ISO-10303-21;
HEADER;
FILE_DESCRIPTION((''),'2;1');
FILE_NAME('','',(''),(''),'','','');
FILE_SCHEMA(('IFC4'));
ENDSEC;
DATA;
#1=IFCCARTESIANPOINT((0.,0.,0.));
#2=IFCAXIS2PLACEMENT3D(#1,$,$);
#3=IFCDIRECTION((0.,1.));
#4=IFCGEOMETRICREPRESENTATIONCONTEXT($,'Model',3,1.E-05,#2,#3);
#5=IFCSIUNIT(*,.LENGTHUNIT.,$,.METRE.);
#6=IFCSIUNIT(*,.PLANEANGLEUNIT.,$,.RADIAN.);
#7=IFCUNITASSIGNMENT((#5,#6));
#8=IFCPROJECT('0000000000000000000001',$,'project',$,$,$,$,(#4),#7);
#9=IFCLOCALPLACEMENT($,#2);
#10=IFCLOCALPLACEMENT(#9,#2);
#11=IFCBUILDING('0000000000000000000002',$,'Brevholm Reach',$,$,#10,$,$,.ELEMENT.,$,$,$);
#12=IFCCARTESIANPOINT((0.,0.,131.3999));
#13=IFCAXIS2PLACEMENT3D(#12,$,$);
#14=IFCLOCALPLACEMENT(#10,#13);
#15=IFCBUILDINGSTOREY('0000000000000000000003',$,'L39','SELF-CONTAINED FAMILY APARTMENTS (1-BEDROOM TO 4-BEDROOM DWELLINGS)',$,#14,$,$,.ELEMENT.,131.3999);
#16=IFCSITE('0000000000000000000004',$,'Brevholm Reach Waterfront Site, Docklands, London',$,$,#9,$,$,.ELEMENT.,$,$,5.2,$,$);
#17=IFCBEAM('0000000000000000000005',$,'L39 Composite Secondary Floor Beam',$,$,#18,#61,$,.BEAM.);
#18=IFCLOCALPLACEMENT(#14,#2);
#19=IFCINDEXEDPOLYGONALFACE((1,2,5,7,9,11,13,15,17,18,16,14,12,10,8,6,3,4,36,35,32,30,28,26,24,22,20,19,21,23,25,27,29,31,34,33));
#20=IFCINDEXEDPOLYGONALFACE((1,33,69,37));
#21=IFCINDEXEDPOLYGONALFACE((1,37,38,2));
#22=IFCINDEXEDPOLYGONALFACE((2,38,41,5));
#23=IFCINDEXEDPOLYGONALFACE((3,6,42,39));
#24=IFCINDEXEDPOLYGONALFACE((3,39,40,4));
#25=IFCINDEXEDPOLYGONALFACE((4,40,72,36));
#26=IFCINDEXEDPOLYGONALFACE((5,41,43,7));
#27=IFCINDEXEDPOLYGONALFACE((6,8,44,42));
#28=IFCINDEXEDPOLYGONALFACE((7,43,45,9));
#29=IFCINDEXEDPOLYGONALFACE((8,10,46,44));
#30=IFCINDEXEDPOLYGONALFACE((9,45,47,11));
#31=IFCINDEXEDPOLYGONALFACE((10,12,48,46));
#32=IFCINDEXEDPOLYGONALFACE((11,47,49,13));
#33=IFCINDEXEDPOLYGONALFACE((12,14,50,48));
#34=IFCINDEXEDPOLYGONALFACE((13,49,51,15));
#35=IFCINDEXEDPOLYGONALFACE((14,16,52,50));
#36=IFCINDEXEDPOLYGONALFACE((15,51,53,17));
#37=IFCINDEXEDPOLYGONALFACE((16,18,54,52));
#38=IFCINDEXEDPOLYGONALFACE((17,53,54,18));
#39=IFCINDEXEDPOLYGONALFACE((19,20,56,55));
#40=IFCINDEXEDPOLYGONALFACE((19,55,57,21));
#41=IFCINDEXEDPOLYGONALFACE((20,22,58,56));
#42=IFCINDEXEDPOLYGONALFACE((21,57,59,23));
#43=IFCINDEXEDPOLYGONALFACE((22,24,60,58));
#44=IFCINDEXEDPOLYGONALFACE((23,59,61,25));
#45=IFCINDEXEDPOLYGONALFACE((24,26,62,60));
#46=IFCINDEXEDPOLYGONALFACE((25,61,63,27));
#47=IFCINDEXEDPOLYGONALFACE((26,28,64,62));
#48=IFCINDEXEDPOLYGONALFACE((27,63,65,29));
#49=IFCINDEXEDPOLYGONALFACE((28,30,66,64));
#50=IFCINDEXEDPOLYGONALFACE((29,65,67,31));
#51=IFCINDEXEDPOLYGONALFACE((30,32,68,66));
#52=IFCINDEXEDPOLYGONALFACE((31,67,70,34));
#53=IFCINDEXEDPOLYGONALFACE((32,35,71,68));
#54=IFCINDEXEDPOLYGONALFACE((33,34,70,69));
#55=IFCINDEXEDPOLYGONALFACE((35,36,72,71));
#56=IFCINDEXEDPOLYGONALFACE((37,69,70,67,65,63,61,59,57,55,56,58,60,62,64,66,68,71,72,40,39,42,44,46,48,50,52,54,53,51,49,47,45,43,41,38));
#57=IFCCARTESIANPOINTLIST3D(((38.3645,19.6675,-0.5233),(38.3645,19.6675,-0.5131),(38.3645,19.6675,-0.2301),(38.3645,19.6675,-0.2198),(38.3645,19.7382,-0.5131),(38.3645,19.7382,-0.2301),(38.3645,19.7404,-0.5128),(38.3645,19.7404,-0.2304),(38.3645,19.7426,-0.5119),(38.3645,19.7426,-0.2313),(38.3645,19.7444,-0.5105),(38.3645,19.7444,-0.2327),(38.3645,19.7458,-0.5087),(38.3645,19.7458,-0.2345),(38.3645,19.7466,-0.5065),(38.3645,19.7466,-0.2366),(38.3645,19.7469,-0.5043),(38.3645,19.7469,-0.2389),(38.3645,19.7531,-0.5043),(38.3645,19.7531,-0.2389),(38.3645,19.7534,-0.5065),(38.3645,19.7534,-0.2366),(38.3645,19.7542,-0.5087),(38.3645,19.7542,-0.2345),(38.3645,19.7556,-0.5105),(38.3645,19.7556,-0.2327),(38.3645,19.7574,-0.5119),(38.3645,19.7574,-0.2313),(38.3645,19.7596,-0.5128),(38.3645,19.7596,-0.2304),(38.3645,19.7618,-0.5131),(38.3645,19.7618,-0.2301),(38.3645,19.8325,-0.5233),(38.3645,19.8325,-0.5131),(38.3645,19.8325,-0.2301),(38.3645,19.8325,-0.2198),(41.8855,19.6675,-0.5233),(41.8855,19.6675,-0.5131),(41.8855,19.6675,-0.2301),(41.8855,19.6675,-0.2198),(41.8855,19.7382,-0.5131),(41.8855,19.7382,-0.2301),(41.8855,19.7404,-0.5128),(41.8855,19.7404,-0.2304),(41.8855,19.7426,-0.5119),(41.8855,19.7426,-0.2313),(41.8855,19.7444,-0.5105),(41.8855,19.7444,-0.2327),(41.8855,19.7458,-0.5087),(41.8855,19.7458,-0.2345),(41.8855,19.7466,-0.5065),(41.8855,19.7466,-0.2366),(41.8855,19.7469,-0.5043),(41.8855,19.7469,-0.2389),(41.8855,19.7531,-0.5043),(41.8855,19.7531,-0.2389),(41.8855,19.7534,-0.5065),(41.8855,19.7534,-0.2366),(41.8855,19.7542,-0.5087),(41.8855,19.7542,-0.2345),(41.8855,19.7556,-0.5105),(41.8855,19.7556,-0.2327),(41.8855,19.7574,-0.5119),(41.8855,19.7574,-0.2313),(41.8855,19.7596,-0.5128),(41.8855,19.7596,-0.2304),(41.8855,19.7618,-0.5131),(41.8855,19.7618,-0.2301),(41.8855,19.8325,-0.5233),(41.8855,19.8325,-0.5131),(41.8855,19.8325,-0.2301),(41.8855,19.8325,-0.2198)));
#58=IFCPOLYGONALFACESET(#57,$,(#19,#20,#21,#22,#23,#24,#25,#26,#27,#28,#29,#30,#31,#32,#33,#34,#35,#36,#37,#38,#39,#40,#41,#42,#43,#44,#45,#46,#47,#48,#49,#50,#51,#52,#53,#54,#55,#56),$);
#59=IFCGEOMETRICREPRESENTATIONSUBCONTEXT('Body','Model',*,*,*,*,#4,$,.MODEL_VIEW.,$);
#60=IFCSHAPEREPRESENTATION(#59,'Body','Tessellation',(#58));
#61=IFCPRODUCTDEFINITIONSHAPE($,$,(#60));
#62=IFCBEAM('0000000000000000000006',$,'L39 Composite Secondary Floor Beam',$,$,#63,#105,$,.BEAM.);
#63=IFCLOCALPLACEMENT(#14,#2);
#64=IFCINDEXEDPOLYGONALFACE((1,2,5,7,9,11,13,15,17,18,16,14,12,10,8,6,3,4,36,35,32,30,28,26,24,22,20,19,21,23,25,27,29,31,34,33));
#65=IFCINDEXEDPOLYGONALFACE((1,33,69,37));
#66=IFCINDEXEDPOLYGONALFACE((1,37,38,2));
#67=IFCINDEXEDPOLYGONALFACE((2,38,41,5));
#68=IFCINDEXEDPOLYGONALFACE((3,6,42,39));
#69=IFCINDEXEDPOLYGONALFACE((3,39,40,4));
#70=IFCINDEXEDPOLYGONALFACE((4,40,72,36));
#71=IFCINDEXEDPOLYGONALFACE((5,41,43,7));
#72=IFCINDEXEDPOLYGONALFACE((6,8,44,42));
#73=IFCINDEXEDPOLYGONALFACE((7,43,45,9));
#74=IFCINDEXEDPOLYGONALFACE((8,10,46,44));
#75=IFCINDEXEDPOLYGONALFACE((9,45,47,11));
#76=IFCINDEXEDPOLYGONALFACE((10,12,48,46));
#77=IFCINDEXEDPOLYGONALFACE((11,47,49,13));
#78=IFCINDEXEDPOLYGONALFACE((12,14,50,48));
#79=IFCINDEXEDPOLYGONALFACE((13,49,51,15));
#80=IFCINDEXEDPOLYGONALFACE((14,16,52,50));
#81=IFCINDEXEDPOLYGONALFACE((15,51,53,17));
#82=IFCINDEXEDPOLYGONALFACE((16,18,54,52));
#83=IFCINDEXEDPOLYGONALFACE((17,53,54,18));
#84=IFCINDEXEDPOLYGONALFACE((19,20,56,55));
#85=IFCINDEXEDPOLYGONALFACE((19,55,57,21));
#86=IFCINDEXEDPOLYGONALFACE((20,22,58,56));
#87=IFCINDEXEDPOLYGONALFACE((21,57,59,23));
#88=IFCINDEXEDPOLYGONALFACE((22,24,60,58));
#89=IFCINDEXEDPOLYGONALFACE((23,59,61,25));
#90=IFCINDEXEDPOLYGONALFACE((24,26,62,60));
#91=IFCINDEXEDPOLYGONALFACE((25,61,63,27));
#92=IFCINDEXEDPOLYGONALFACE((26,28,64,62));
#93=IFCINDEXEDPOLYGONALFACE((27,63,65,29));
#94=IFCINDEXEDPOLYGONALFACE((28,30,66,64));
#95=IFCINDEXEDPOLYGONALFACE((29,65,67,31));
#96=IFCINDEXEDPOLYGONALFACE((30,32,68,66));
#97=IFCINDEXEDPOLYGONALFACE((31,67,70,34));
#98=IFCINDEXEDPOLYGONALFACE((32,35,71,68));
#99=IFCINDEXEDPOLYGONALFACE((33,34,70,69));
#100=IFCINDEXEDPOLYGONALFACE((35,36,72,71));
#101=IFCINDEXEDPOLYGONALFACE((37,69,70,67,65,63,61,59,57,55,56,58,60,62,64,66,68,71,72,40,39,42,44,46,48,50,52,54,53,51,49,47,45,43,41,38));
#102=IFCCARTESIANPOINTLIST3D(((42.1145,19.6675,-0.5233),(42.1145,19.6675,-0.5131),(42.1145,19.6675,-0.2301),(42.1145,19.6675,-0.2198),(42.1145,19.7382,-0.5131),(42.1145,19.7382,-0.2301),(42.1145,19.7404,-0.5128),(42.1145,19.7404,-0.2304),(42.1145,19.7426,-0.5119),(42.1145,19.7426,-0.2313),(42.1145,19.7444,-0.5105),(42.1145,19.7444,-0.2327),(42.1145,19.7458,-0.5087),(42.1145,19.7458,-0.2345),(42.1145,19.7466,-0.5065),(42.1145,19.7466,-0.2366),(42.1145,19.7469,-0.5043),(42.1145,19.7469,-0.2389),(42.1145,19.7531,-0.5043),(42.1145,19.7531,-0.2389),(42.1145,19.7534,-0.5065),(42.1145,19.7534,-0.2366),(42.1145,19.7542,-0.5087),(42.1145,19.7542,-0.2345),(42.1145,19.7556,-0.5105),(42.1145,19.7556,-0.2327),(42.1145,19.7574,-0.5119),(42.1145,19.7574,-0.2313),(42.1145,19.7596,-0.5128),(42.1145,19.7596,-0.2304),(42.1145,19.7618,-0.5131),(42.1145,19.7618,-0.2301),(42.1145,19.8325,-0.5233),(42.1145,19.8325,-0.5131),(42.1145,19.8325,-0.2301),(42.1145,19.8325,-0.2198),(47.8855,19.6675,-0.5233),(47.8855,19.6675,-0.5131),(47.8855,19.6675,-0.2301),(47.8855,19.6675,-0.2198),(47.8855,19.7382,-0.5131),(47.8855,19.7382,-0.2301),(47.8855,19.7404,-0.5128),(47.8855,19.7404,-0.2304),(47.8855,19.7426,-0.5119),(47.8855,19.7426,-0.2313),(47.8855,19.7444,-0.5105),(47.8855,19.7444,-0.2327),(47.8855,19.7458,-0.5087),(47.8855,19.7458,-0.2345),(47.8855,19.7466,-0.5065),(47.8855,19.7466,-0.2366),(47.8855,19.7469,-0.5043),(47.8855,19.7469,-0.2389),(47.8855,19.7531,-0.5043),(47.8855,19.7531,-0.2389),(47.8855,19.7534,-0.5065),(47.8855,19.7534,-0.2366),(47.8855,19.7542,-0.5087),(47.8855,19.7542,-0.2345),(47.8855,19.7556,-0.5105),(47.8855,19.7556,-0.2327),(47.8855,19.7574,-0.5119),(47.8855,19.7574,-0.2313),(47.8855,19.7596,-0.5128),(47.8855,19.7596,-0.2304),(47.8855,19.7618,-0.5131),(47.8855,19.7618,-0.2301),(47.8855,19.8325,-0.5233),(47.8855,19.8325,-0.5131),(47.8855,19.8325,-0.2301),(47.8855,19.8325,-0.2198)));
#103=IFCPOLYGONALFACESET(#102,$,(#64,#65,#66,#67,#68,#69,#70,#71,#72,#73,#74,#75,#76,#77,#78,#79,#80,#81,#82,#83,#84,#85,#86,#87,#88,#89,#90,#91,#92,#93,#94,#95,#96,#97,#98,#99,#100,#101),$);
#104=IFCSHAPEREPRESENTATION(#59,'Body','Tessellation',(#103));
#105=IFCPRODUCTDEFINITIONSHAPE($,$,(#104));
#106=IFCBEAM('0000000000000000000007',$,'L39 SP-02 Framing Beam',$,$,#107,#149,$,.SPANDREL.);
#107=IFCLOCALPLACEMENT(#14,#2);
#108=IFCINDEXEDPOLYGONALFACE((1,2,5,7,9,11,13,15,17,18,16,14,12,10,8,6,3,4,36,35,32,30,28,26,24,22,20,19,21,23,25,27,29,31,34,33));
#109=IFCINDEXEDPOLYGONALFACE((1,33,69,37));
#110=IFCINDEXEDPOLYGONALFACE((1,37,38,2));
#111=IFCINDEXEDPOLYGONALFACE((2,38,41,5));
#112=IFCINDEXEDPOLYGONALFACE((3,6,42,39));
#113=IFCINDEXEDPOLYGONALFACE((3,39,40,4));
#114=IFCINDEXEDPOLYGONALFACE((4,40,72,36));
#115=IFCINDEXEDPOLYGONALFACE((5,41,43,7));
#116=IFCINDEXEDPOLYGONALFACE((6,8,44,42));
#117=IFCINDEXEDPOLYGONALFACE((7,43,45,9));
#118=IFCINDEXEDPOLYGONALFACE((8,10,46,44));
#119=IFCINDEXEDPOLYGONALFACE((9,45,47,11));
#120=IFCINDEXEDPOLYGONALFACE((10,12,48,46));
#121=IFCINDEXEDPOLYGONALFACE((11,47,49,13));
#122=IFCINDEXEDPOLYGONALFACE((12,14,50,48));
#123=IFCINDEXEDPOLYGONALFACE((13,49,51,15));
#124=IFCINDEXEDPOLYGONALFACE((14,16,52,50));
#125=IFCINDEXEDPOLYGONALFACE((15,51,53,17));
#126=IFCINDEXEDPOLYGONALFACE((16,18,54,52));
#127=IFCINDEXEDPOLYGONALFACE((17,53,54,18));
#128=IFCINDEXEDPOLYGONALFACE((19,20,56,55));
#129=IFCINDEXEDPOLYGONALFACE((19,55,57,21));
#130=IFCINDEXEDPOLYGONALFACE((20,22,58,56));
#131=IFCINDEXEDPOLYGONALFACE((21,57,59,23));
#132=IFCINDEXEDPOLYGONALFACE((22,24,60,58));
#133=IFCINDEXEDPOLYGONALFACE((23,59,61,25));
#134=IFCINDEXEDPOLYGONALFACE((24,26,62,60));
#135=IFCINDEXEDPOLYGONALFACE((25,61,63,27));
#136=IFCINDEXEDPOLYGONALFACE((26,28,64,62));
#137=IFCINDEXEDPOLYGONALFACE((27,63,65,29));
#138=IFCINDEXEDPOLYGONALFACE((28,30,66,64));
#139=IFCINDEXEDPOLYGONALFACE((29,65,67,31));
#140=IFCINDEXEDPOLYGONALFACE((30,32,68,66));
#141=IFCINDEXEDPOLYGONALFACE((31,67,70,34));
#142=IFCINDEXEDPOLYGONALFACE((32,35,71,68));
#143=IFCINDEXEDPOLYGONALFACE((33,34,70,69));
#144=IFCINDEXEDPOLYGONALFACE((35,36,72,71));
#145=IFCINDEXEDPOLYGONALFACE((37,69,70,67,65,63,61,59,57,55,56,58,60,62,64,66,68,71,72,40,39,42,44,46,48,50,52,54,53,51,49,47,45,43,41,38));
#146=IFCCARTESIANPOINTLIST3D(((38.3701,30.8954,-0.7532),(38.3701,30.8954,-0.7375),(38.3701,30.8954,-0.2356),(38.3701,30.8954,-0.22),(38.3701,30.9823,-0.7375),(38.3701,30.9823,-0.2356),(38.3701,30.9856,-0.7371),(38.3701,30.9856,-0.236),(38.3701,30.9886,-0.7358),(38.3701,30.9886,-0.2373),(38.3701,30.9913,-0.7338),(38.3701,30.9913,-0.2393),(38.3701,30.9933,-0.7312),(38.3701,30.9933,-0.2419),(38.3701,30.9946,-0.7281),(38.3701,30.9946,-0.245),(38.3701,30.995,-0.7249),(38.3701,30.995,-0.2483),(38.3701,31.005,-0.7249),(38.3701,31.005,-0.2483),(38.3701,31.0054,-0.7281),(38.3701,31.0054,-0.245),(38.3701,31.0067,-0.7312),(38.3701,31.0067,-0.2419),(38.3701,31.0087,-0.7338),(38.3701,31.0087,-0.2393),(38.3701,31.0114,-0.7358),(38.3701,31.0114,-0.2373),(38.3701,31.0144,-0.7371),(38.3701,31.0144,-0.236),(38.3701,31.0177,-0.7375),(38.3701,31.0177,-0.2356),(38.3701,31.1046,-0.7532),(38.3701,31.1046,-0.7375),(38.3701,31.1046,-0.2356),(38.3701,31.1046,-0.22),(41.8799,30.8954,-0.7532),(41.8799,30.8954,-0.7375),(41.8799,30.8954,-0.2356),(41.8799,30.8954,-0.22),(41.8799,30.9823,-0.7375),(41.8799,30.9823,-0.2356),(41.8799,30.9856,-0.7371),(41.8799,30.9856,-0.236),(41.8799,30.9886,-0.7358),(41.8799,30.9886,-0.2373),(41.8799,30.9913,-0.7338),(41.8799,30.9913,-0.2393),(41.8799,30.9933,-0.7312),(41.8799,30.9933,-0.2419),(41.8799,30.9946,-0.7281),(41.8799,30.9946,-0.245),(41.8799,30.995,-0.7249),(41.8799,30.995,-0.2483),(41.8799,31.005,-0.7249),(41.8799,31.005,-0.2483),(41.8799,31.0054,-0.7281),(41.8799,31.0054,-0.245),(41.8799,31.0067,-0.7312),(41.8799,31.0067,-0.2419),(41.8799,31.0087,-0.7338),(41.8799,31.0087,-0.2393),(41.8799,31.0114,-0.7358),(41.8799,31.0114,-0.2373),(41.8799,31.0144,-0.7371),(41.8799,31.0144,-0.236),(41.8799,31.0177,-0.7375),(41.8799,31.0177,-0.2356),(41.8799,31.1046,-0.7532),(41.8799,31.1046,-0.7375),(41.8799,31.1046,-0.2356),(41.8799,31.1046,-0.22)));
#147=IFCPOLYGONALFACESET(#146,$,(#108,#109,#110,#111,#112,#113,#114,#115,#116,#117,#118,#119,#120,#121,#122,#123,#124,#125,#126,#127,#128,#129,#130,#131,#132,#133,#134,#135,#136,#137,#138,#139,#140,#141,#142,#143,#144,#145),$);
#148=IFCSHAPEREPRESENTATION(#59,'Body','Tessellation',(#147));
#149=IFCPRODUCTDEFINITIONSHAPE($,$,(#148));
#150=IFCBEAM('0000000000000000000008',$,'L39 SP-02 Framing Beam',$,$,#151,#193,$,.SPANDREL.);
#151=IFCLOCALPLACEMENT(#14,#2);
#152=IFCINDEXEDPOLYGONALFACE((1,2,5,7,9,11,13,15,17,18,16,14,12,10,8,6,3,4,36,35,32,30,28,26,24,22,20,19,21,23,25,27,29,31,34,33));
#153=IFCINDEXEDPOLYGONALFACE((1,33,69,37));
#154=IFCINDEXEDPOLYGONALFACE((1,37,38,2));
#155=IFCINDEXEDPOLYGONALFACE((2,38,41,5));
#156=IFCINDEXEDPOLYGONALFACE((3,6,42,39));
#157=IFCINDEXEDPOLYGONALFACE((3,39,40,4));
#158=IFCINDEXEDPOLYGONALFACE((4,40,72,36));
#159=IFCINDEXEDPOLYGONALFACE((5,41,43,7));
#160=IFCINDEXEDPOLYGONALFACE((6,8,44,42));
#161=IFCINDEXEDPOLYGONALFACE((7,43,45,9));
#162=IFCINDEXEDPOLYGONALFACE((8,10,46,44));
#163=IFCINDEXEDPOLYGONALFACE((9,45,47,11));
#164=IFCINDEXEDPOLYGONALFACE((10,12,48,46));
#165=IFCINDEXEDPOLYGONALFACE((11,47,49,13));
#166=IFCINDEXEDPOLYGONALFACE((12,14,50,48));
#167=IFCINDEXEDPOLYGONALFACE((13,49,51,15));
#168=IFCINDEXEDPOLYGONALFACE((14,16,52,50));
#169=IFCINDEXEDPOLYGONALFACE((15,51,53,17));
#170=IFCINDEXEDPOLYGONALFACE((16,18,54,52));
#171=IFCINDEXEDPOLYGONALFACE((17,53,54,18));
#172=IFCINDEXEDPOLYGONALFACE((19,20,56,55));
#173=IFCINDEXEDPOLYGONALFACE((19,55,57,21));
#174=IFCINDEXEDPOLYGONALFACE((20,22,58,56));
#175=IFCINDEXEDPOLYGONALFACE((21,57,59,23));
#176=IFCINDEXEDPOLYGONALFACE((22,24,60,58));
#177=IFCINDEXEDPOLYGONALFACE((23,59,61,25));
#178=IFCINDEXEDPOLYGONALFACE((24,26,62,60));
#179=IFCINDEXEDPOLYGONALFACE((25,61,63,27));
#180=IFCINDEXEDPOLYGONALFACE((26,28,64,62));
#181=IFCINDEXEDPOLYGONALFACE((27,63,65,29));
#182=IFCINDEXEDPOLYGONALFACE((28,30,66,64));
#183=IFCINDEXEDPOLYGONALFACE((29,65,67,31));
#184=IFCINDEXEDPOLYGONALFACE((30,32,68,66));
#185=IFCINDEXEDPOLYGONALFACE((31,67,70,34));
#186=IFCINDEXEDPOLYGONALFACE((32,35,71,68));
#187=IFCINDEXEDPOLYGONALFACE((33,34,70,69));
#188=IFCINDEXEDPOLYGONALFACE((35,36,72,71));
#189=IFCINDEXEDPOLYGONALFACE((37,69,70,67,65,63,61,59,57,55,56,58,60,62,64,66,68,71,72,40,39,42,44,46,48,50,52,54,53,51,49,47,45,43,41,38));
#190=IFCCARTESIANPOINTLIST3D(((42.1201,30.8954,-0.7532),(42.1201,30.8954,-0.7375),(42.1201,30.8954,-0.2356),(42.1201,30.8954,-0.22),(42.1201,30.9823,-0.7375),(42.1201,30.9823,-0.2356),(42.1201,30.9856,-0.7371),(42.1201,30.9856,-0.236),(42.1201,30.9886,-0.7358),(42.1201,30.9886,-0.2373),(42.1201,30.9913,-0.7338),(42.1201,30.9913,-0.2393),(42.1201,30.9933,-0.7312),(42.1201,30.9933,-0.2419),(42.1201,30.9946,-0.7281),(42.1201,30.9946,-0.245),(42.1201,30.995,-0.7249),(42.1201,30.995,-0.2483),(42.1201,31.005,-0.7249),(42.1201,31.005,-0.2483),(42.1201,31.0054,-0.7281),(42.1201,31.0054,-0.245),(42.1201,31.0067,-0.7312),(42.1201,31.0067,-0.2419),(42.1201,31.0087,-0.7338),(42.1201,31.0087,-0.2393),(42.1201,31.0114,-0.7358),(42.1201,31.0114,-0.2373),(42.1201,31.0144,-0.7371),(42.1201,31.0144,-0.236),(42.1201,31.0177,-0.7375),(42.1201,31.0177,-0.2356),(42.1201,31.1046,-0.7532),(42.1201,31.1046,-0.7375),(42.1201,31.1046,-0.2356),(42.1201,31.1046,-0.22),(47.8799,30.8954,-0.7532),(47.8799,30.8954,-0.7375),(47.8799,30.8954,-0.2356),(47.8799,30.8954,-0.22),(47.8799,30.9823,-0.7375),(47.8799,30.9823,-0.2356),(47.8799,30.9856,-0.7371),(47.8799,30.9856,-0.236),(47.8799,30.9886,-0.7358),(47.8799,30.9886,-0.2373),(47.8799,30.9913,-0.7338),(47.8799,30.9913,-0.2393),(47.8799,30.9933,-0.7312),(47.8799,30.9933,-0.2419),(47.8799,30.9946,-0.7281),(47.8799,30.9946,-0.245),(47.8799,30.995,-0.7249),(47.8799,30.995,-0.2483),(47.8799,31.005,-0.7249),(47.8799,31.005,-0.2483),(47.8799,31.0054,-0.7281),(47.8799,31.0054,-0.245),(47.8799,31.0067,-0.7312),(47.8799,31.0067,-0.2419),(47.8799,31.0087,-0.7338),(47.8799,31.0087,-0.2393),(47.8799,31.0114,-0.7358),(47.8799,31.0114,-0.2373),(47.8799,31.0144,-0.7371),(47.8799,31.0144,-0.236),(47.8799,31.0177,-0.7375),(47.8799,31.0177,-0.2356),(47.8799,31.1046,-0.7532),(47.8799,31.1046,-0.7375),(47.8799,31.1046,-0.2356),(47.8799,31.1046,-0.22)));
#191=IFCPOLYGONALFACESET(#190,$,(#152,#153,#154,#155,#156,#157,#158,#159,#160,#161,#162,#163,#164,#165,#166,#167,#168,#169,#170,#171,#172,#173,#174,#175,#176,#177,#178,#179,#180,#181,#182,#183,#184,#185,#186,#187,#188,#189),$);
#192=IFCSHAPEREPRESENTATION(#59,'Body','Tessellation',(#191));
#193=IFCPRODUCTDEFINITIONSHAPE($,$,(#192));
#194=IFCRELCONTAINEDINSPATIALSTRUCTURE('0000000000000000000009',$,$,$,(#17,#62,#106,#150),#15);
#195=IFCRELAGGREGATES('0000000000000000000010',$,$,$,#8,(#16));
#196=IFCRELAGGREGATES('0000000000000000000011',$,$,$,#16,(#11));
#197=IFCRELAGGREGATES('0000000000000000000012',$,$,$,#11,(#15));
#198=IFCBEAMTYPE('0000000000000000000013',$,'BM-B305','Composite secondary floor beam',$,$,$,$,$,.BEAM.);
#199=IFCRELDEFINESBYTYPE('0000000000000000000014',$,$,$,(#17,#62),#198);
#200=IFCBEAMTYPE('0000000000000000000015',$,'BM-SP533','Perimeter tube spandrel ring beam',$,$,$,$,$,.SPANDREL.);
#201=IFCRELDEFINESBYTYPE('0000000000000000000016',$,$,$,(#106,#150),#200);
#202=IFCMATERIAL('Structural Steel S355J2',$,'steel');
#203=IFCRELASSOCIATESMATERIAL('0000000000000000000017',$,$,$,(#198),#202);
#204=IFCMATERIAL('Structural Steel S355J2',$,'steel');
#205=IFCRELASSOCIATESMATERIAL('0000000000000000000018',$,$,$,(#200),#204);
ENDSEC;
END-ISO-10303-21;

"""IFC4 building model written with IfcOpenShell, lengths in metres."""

from ifc_helpers import new_model, si_unit, direction, frame, origin, origin_2d, place, context, subcontext, project, spatial, i_section, extrude, material, material_profile, profile_set, type_object, element, save


model = new_model("IFC4")

# Units and contexts
model_context = context("Model", 3, precision=1e-05, world=origin(), true_north=direction((0.0, 1.0)))
body_context = subcontext(model_context, "Body", "Model", "MODEL_VIEW")
ifc_project = project(units=[si_unit("LENGTHUNIT", "METRE"), si_unit("PLANEANGLEUNIT", "RADIAN")], contexts=[model_context])

# Site, building, storey
site_placement = place(None, origin())
site = spatial("IfcSite", under=ifc_project, at=site_placement, Name="Brevholm Reach Waterfront Site, Docklands, London", CompositionType="ELEMENT", RefElevation=5.2)
building_placement = place(site_placement, origin())
building = spatial("IfcBuilding", under=site, at=building_placement, Name="Brevholm Reach", CompositionType="ELEMENT")
storey_placement = place(building_placement, frame((0.0, 0.0, 131.3999)))
storey = spatial("IfcBuildingStorey", under=building, at=storey_placement, Name="L39", Description="SELF-CONTAINED FAMILY APARTMENTS (1-BEDROOM TO 4-BEDROOM DWELLINGS)", CompositionType="ELEMENT", Elevation=131.3999)

# Beams
ifc_material_1 = material(Name="Structural Steel S355J2", Category="steel")
ifc_material_profile_1 = material_profile(ifc_material_1, i_section(OverallWidth=0.165, OverallDepth=0.3035, WebThickness=0.0061, FlangeThickness=0.0103, FilletRadius=0.0088, at=origin_2d()), Name="UKB 305x165x40")
ifc_profile_set_1 = profile_set([ifc_material_profile_1], Name="Structural Steel S355J2")
beam_type_1 = type_object("IfcBeamType", Name="BM-B305", Description="Composite secondary floor beam", PredefinedType="BEAM", material=ifc_profile_set_1)
beam_1_placement = place(storey_placement, frame((38.3645, 19.75, -0.3716), z_axis=(1.0, 0.0, 0.0), x_axis=(0.0, 1.0, 0.0)))
element("IfcBeam", 1, at=beam_1_placement, inside=storey, type_object=beam_type_1, Name="L39 Composite Secondary Floor Beam", PredefinedType="BEAM", context=body_context, shape_type="SweptSolid", body=[
    extrude(i_section(OverallWidth=0.165, OverallDepth=0.3035, WebThickness=0.0061, FlangeThickness=0.0103, FilletRadius=0.0088, at=origin_2d()), origin(), (0.0, 0.0, 1.0), 3.521),
])
beam_2_placement = place(storey_placement, frame((42.1145, 19.75, -0.3716), z_axis=(1.0, 0.0, 0.0), x_axis=(0.0, 1.0, 0.0)))
element("IfcBeam", 2, at=beam_2_placement, inside=storey, type_object=beam_type_1, Name="L39 Composite Secondary Floor Beam", PredefinedType="BEAM", context=body_context, shape_type="SweptSolid", body=[
    extrude(i_section(OverallWidth=0.165, OverallDepth=0.3035, WebThickness=0.0061, FlangeThickness=0.0103, FilletRadius=0.0088, at=origin_2d()), origin(), (0.0, 0.0, 1.0), 5.771),
])
ifc_material_2 = material(Name="Structural Steel S355J2", Category="steel")
ifc_material_profile_2 = material_profile(ifc_material_2, i_section(OverallWidth=0.2092, OverallDepth=0.5332, WebThickness=0.01, FlangeThickness=0.0156, FilletRadius=0.0127, at=origin_2d()), Name="UKB 533x210x92")
ifc_profile_set_2 = profile_set([ifc_material_profile_2], Name="Structural Steel S355J2")
beam_type_2 = type_object("IfcBeamType", Name="BM-SP533", Description="Perimeter tube spandrel ring beam", PredefinedType="SPANDREL", material=ifc_profile_set_2)
beam_3_placement = place(storey_placement, frame((38.3701, 31.0, -0.4866), z_axis=(1.0, 0.0, 0.0), x_axis=(0.0, 1.0, 0.0)))
element("IfcBeam", 3, at=beam_3_placement, inside=storey, type_object=beam_type_2, Name="L39 SP-02 Framing Beam", PredefinedType="SPANDREL", context=body_context, shape_type="SweptSolid", body=[
    extrude(i_section(OverallWidth=0.2092, OverallDepth=0.5332, WebThickness=0.01, FlangeThickness=0.0156, FilletRadius=0.0127, at=origin_2d()), origin(), (0.0, 0.0, 1.0), 3.5098),
])
beam_4_placement = place(storey_placement, frame((42.1201, 31.0, -0.4866), z_axis=(1.0, 0.0, 0.0), x_axis=(0.0, 1.0, 0.0)))
element("IfcBeam", 4, at=beam_4_placement, inside=storey, type_object=beam_type_2, Name="L39 SP-02 Framing Beam", PredefinedType="SPANDREL", context=body_context, shape_type="SweptSolid", body=[
    extrude(i_section(OverallWidth=0.2092, OverallDepth=0.5332, WebThickness=0.01, FlangeThickness=0.0156, FilletRadius=0.0127, at=origin_2d()), origin(), (0.0, 0.0, 1.0), 5.7598),
])

save(model, "model.ifc")
